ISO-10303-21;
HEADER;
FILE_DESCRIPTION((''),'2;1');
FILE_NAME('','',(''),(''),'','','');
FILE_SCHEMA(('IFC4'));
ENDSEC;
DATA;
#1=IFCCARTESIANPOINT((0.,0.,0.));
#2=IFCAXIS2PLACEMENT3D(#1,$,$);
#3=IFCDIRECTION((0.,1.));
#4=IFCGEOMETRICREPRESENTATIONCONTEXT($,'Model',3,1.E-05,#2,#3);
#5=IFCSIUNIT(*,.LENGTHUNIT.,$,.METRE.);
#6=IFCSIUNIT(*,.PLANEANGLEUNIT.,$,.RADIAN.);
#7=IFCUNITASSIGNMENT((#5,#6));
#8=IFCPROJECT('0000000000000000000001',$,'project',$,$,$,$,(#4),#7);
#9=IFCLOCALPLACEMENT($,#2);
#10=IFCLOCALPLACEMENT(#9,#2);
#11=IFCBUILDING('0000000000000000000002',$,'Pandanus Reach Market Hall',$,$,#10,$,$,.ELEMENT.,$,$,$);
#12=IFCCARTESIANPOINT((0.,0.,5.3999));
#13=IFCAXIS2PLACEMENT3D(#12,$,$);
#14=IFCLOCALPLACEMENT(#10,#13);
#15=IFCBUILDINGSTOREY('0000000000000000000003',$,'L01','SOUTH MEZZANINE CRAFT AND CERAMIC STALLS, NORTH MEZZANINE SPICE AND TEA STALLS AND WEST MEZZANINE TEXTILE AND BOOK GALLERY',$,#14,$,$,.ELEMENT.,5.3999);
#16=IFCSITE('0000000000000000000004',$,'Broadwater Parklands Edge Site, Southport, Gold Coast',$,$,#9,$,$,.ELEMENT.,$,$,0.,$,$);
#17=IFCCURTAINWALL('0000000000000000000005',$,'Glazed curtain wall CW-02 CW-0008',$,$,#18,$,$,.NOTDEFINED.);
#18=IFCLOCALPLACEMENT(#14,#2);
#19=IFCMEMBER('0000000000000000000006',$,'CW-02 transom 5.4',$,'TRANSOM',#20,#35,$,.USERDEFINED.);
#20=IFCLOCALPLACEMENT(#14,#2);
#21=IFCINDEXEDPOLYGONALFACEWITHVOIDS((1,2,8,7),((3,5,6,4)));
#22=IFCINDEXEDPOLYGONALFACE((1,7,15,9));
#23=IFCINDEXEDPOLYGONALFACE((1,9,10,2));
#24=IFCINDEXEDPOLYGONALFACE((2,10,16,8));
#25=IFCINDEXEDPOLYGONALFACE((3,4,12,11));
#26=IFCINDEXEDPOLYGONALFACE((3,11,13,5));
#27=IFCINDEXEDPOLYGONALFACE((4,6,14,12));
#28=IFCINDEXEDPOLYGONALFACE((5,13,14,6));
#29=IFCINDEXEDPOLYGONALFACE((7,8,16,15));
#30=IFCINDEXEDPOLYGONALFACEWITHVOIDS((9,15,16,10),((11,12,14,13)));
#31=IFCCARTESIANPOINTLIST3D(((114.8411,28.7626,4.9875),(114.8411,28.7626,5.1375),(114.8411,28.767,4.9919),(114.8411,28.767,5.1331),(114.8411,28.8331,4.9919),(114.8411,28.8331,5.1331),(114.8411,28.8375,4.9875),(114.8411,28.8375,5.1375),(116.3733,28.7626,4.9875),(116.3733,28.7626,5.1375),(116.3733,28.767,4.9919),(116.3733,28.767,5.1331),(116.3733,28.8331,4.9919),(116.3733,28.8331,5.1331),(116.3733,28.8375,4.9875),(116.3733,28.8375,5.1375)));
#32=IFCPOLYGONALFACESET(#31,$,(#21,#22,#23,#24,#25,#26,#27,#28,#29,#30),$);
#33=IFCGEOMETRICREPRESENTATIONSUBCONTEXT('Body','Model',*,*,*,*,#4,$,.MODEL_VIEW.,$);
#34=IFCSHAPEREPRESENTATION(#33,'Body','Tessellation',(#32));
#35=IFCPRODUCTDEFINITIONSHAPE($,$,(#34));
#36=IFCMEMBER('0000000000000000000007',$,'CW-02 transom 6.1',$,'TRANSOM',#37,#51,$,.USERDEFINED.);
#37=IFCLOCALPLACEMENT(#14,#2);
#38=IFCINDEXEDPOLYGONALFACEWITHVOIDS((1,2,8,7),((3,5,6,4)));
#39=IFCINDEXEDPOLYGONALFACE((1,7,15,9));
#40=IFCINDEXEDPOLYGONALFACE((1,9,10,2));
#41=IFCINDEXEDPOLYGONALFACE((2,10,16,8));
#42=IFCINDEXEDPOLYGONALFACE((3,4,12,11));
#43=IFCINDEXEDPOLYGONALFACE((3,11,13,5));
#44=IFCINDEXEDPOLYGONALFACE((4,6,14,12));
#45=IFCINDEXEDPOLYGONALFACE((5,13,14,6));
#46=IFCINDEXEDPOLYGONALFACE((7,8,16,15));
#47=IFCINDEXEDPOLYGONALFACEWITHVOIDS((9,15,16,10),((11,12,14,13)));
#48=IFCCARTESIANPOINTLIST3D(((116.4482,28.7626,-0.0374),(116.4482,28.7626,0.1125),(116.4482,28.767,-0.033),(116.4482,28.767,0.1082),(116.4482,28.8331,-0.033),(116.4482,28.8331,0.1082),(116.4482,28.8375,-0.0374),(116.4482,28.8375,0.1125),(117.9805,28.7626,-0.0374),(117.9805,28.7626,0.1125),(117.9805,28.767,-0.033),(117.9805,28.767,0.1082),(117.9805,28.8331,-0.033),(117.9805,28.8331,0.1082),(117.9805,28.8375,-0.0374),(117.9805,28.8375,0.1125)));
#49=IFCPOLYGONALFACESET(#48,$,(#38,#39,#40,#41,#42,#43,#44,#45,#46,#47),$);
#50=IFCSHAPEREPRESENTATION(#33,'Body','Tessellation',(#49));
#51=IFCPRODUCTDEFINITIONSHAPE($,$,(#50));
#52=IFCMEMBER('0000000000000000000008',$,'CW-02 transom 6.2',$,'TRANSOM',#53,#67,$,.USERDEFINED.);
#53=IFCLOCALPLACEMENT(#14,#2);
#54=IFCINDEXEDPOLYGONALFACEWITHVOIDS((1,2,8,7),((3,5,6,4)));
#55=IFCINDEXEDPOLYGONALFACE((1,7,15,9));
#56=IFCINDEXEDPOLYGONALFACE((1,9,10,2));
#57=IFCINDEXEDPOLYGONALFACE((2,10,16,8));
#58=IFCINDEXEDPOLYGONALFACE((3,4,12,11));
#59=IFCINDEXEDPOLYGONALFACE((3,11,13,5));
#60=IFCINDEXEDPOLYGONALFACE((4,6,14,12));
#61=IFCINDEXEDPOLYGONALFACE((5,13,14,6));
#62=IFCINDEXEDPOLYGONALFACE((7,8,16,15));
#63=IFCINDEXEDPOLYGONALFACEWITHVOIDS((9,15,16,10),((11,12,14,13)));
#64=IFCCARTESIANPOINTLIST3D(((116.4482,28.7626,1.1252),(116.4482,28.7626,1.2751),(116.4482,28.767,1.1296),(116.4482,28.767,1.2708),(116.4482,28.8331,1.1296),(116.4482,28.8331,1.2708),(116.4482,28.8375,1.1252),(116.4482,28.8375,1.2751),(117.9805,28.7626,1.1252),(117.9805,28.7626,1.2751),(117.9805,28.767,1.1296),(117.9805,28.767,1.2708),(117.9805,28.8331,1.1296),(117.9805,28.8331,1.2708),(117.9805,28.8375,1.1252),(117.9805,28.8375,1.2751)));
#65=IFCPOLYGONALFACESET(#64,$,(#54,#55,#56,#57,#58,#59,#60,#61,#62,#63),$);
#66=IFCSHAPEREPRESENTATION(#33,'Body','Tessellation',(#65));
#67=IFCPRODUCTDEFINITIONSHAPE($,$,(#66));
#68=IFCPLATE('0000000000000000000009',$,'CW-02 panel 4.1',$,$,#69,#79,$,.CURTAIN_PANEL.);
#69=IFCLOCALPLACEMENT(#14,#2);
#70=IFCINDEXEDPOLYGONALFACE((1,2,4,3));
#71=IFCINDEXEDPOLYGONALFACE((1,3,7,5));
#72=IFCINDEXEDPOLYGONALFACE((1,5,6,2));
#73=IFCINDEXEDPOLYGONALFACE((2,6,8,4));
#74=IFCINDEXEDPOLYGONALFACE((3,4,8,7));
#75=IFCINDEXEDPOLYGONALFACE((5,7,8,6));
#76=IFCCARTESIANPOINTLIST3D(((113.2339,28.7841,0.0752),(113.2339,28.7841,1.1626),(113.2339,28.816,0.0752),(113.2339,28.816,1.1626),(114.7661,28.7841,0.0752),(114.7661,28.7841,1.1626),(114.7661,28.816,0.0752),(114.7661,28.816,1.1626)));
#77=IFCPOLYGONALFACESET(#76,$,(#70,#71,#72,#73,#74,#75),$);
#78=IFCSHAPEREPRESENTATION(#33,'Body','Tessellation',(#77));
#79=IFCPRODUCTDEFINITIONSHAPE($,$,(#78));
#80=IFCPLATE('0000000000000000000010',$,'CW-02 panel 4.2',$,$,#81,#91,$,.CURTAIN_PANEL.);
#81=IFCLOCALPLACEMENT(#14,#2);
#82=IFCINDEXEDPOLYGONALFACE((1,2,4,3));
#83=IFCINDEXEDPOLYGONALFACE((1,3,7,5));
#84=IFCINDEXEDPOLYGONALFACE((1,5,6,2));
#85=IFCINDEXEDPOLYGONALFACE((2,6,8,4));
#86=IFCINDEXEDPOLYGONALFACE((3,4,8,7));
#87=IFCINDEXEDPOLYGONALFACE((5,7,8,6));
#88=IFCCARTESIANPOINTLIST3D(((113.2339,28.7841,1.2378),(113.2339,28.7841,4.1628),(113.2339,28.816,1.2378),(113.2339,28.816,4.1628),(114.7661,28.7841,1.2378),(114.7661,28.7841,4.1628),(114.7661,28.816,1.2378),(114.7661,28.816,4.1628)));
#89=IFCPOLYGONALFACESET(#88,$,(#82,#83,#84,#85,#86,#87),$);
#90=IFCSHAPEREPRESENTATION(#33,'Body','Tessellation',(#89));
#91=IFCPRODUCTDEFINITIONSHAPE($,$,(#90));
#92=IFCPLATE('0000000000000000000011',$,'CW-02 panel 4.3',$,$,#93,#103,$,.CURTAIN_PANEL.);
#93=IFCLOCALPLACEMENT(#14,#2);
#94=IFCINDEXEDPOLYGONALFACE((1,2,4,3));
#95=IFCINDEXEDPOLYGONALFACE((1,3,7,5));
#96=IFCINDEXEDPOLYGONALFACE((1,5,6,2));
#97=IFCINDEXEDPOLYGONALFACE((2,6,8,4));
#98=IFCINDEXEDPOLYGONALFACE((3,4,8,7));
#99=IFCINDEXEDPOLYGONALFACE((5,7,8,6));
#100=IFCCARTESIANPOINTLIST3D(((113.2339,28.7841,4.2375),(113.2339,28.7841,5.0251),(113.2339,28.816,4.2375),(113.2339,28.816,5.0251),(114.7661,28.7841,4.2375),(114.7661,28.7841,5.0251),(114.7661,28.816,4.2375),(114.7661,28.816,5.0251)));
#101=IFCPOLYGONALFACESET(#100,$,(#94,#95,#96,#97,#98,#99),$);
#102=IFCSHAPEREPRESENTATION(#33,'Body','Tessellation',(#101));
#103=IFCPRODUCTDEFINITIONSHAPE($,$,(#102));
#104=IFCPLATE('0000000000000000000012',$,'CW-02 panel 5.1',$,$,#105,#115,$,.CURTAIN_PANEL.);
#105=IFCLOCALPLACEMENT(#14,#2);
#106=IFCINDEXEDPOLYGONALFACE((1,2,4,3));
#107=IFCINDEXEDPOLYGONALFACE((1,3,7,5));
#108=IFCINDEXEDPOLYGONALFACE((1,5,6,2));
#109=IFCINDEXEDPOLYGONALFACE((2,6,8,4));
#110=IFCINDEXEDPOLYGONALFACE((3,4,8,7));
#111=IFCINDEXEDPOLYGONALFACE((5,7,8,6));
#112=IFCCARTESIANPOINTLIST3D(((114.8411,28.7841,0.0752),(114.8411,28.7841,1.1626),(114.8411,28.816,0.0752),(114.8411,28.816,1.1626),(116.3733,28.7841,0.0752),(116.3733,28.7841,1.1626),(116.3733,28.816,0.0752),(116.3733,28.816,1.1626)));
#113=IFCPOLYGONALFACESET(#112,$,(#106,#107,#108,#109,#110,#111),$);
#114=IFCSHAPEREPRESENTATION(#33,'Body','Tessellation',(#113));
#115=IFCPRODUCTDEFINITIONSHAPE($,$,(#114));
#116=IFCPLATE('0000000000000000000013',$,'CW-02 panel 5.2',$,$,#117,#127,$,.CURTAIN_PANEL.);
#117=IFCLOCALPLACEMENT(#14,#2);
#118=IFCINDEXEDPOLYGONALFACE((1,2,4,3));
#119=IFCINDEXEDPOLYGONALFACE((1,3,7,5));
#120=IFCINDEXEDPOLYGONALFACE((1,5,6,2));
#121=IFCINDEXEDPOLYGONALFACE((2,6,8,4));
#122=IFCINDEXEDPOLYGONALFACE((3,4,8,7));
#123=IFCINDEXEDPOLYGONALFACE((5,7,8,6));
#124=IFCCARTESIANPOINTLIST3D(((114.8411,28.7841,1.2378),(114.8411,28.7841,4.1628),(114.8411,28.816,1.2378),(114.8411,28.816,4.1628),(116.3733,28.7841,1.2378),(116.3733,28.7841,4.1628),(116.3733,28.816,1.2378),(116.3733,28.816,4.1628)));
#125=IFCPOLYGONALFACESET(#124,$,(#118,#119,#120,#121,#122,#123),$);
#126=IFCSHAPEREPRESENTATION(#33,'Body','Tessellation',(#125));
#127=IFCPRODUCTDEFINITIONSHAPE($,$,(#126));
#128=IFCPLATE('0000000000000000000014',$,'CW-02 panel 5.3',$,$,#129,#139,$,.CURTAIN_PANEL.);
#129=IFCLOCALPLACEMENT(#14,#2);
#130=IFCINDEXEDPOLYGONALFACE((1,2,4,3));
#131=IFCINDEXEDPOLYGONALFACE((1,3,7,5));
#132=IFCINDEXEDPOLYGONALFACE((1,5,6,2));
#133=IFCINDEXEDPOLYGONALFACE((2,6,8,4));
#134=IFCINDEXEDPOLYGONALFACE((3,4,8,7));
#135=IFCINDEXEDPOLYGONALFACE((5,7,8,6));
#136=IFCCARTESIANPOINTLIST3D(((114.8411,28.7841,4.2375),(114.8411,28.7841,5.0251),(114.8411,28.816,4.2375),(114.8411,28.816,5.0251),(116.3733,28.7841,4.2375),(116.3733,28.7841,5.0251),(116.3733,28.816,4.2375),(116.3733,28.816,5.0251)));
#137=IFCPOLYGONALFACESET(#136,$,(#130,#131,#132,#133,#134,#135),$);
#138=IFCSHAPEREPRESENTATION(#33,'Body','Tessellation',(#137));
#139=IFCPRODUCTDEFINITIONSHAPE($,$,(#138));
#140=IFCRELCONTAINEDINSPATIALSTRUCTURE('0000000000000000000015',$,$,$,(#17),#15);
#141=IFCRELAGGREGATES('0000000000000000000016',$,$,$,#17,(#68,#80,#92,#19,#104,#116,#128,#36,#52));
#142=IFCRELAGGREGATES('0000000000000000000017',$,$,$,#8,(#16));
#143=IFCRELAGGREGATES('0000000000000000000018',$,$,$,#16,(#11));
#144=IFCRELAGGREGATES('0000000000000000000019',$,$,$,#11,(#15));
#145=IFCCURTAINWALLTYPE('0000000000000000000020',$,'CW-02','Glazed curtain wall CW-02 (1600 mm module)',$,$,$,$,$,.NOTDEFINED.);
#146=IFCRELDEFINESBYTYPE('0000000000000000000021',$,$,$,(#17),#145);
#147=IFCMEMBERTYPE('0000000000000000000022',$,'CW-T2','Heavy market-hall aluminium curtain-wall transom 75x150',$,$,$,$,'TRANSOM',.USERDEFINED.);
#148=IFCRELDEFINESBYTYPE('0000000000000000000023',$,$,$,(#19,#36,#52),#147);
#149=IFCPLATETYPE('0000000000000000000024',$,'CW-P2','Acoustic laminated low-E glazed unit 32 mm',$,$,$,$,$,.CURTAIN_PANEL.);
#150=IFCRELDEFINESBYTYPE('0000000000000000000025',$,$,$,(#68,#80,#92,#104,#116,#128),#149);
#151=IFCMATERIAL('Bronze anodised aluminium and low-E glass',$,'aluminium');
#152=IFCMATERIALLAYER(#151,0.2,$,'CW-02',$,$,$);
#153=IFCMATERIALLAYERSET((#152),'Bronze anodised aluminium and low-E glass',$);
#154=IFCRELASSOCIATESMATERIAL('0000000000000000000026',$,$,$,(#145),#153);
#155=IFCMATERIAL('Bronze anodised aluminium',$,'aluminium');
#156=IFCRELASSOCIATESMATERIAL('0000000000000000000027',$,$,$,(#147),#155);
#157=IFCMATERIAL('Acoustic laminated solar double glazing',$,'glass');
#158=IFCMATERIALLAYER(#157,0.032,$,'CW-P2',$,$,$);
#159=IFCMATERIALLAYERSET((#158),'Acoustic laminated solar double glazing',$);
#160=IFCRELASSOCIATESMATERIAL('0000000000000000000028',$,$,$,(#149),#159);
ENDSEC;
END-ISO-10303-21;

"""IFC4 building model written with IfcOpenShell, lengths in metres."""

from ifc_helpers import new_model, si_unit, direction, frame, origin, origin_2d, place, context, subcontext, project, spatial, rectangle, hollow_rectangle, extrude, material, layer, layer_set, material_profile, profile_set, type_object, element, aggregate, save


model = new_model("IFC4")

# Units and contexts
model_context = context("Model", 3, precision=1e-05, world=origin(), true_north=direction((0.0, 1.0)))
body_context = subcontext(model_context, "Body", "Model", "MODEL_VIEW")
ifc_project = project(units=[si_unit("LENGTHUNIT", "METRE"), si_unit("PLANEANGLEUNIT", "RADIAN")], contexts=[model_context])

# Site, building, storey
site_placement = place(None, origin())
site = spatial("IfcSite", under=ifc_project, at=site_placement, Name="Broadwater Parklands Edge Site, Southport, Gold Coast", CompositionType="ELEMENT", RefElevation=0.0)
building_placement = place(site_placement, origin())
building = spatial("IfcBuilding", under=site, at=building_placement, Name="Pandanus Reach Market Hall", CompositionType="ELEMENT")
storey_placement = place(building_placement, frame((0.0, 0.0, 5.3999)))
storey = spatial("IfcBuildingStorey", under=building, at=storey_placement, Name="L01", Description="SOUTH MEZZANINE CRAFT AND CERAMIC STALLS, NORTH MEZZANINE SPICE AND TEA STALLS AND WEST MEZZANINE TEXTILE AND BOOK GALLERY", CompositionType="ELEMENT", Elevation=5.3999)

# Curtain wall, members, plates
ifc_material_1 = material(Name="Bronze anodised aluminium and low-E glass", Category="aluminium")
ifc_layer_1 = layer(ifc_material_1, 0.2, Name="CW-02")
ifc_layer_set_1 = layer_set([ifc_layer_1], Name="Bronze anodised aluminium and low-E glass")
curtain_wall_type = type_object("IfcCurtainWallType", Name="CW-02", Description="Glazed curtain wall CW-02 (1600 mm module)", PredefinedType="NOTDEFINED", material=ifc_layer_set_1)
curtain_wall_placement = place(storey_placement, origin())
curtain_wall = element("IfcCurtainWall", 1, at=curtain_wall_placement, inside=storey, type_object=curtain_wall_type, Name="Glazed curtain wall CW-02 CW-0008", PredefinedType="NOTDEFINED")
ifc_material_2 = material(Name="Bronze anodised aluminium", Category="aluminium")
ifc_material_profile_1 = material_profile(ifc_material_2, hollow_rectangle(XDim=0.075, YDim=0.1499, WallThickness=0.0044, at=origin_2d()), Name="ALU75x150", Category="LoadBearing")
ifc_profile_set_1 = profile_set([ifc_material_profile_1], Name="Bronze anodised aluminium")
member_type_1 = type_object("IfcMemberType", Name="CW-T2", Description="Heavy market-hall aluminium curtain-wall transom 75x150", ElementType="TRANSOM", PredefinedType="USERDEFINED", material=ifc_profile_set_1)
member_1_placement = place(storey_placement, frame((114.8411, 28.8, 5.0625), z_axis=(1.0, 0.0, 0.0), x_axis=(0.0, 1.0, 0.0)))
member_1 = element("IfcMember", 2, at=member_1_placement, type_object=member_type_1, Name="CW-02 transom 5.4", ObjectType="TRANSOM", PredefinedType="USERDEFINED", context=body_context, shape_type="SweptSolid", body=[
    extrude(hollow_rectangle(XDim=0.075, YDim=0.1499, WallThickness=0.0044, at=origin_2d()), origin(), (0.0, 0.0, 1.0), 1.5322),
])
member_2_placement = place(storey_placement, frame((116.4482, 28.8, 0.0376), z_axis=(1.0, 0.0, 0.0), x_axis=(0.0, 1.0, 0.0)))
member_2 = element("IfcMember", 3, at=member_2_placement, type_object=member_type_1, Name="CW-02 transom 6.1", ObjectType="TRANSOM", PredefinedType="USERDEFINED", context=body_context, shape_type="SweptSolid", body=[
    extrude(hollow_rectangle(XDim=0.075, YDim=0.1499, WallThickness=0.0044, at=origin_2d()), origin(), (0.0, 0.0, 1.0), 1.5322),
])
member_3_placement = place(storey_placement, frame((116.4482, 28.8, 1.2002), z_axis=(1.0, 0.0, 0.0), x_axis=(0.0, 1.0, 0.0)))
member_3 = element("IfcMember", 4, at=member_3_placement, type_object=member_type_1, Name="CW-02 transom 6.2", ObjectType="TRANSOM", PredefinedType="USERDEFINED", context=body_context, shape_type="SweptSolid", body=[
    extrude(hollow_rectangle(XDim=0.075, YDim=0.1499, WallThickness=0.0044, at=origin_2d()), origin(), (0.0, 0.0, 1.0), 1.5322),
])
ifc_material_3 = material(Name="Acoustic laminated solar double glazing", Category="glass")
ifc_layer_2 = layer(ifc_material_3, 0.032, Name="CW-P2")
ifc_layer_set_2 = layer_set([ifc_layer_2], Name="Acoustic laminated solar double glazing")
plate_type = type_object("IfcPlateType", Name="CW-P2", Description="Acoustic laminated low-E glazed unit 32 mm", PredefinedType="CURTAIN_PANEL", material=ifc_layer_set_2)
plate_1_placement = place(storey_placement, frame((114.0, 28.8, 0.0752), z_axis=(0.0, 0.0, 1.0), x_axis=(1.0, 0.0, 0.0)))
plate_1 = element("IfcPlate", 5, at=plate_1_placement, type_object=plate_type, Name="CW-02 panel 4.1", PredefinedType="CURTAIN_PANEL", context=body_context, shape_type="SweptSolid", body=[
    extrude(rectangle(XDim=1.5322, YDim=0.032, at=origin_2d()), origin(), (0.0, 0.0, 1.0), 1.0874),
])
plate_2_placement = place(storey_placement, frame((114.0, 28.8, 1.2378), z_axis=(0.0, 0.0, 1.0), x_axis=(1.0, 0.0, 0.0)))
plate_2 = element("IfcPlate", 6, at=plate_2_placement, type_object=plate_type, Name="CW-02 panel 4.2", PredefinedType="CURTAIN_PANEL", context=body_context, shape_type="SweptSolid", body=[
    extrude(rectangle(XDim=1.5322, YDim=0.032, at=origin_2d()), origin(), (0.0, 0.0, 1.0), 2.925),
])
plate_3_placement = place(storey_placement, frame((114.0, 28.8, 4.2375), z_axis=(0.0, 0.0, 1.0), x_axis=(1.0, 0.0, 0.0)))
plate_3 = element("IfcPlate", 7, at=plate_3_placement, type_object=plate_type, Name="CW-02 panel 4.3", PredefinedType="CURTAIN_PANEL", context=body_context, shape_type="SweptSolid", body=[
    extrude(rectangle(XDim=1.5322, YDim=0.032, at=origin_2d()), origin(), (0.0, 0.0, 1.0), 0.7876),
])
plate_4_placement = place(storey_placement, frame((115.6072, 28.8, 0.0752), z_axis=(0.0, 0.0, 1.0), x_axis=(1.0, 0.0, 0.0)))
plate_4 = element("IfcPlate", 8, at=plate_4_placement, type_object=plate_type, Name="CW-02 panel 5.1", PredefinedType="CURTAIN_PANEL", context=body_context, shape_type="SweptSolid", body=[
    extrude(rectangle(XDim=1.5322, YDim=0.032, at=origin_2d()), origin(), (0.0, 0.0, 1.0), 1.0874),
])
plate_5_placement = place(storey_placement, frame((115.6072, 28.8, 1.2378), z_axis=(0.0, 0.0, 1.0), x_axis=(1.0, 0.0, 0.0)))
plate_5 = element("IfcPlate", 9, at=plate_5_placement, type_object=plate_type, Name="CW-02 panel 5.2", PredefinedType="CURTAIN_PANEL", context=body_context, shape_type="SweptSolid", body=[
    extrude(rectangle(XDim=1.5322, YDim=0.032, at=origin_2d()), origin(), (0.0, 0.0, 1.0), 2.925),
])
plate_6_placement = place(storey_placement, frame((115.6072, 28.8, 4.2375), z_axis=(0.0, 0.0, 1.0), x_axis=(1.0, 0.0, 0.0)))
plate_6 = element("IfcPlate", 10, at=plate_6_placement, type_object=plate_type, Name="CW-02 panel 5.3", PredefinedType="CURTAIN_PANEL", context=body_context, shape_type="SweptSolid", body=[
    extrude(rectangle(XDim=1.5322, YDim=0.032, at=origin_2d()), origin(), (0.0, 0.0, 1.0), 0.7876),
])
aggregate(curtain_wall, [plate_1, plate_2, plate_3, member_1, plate_4, plate_5, plate_6, member_2, member_3])

save(model, "model.ifc")
